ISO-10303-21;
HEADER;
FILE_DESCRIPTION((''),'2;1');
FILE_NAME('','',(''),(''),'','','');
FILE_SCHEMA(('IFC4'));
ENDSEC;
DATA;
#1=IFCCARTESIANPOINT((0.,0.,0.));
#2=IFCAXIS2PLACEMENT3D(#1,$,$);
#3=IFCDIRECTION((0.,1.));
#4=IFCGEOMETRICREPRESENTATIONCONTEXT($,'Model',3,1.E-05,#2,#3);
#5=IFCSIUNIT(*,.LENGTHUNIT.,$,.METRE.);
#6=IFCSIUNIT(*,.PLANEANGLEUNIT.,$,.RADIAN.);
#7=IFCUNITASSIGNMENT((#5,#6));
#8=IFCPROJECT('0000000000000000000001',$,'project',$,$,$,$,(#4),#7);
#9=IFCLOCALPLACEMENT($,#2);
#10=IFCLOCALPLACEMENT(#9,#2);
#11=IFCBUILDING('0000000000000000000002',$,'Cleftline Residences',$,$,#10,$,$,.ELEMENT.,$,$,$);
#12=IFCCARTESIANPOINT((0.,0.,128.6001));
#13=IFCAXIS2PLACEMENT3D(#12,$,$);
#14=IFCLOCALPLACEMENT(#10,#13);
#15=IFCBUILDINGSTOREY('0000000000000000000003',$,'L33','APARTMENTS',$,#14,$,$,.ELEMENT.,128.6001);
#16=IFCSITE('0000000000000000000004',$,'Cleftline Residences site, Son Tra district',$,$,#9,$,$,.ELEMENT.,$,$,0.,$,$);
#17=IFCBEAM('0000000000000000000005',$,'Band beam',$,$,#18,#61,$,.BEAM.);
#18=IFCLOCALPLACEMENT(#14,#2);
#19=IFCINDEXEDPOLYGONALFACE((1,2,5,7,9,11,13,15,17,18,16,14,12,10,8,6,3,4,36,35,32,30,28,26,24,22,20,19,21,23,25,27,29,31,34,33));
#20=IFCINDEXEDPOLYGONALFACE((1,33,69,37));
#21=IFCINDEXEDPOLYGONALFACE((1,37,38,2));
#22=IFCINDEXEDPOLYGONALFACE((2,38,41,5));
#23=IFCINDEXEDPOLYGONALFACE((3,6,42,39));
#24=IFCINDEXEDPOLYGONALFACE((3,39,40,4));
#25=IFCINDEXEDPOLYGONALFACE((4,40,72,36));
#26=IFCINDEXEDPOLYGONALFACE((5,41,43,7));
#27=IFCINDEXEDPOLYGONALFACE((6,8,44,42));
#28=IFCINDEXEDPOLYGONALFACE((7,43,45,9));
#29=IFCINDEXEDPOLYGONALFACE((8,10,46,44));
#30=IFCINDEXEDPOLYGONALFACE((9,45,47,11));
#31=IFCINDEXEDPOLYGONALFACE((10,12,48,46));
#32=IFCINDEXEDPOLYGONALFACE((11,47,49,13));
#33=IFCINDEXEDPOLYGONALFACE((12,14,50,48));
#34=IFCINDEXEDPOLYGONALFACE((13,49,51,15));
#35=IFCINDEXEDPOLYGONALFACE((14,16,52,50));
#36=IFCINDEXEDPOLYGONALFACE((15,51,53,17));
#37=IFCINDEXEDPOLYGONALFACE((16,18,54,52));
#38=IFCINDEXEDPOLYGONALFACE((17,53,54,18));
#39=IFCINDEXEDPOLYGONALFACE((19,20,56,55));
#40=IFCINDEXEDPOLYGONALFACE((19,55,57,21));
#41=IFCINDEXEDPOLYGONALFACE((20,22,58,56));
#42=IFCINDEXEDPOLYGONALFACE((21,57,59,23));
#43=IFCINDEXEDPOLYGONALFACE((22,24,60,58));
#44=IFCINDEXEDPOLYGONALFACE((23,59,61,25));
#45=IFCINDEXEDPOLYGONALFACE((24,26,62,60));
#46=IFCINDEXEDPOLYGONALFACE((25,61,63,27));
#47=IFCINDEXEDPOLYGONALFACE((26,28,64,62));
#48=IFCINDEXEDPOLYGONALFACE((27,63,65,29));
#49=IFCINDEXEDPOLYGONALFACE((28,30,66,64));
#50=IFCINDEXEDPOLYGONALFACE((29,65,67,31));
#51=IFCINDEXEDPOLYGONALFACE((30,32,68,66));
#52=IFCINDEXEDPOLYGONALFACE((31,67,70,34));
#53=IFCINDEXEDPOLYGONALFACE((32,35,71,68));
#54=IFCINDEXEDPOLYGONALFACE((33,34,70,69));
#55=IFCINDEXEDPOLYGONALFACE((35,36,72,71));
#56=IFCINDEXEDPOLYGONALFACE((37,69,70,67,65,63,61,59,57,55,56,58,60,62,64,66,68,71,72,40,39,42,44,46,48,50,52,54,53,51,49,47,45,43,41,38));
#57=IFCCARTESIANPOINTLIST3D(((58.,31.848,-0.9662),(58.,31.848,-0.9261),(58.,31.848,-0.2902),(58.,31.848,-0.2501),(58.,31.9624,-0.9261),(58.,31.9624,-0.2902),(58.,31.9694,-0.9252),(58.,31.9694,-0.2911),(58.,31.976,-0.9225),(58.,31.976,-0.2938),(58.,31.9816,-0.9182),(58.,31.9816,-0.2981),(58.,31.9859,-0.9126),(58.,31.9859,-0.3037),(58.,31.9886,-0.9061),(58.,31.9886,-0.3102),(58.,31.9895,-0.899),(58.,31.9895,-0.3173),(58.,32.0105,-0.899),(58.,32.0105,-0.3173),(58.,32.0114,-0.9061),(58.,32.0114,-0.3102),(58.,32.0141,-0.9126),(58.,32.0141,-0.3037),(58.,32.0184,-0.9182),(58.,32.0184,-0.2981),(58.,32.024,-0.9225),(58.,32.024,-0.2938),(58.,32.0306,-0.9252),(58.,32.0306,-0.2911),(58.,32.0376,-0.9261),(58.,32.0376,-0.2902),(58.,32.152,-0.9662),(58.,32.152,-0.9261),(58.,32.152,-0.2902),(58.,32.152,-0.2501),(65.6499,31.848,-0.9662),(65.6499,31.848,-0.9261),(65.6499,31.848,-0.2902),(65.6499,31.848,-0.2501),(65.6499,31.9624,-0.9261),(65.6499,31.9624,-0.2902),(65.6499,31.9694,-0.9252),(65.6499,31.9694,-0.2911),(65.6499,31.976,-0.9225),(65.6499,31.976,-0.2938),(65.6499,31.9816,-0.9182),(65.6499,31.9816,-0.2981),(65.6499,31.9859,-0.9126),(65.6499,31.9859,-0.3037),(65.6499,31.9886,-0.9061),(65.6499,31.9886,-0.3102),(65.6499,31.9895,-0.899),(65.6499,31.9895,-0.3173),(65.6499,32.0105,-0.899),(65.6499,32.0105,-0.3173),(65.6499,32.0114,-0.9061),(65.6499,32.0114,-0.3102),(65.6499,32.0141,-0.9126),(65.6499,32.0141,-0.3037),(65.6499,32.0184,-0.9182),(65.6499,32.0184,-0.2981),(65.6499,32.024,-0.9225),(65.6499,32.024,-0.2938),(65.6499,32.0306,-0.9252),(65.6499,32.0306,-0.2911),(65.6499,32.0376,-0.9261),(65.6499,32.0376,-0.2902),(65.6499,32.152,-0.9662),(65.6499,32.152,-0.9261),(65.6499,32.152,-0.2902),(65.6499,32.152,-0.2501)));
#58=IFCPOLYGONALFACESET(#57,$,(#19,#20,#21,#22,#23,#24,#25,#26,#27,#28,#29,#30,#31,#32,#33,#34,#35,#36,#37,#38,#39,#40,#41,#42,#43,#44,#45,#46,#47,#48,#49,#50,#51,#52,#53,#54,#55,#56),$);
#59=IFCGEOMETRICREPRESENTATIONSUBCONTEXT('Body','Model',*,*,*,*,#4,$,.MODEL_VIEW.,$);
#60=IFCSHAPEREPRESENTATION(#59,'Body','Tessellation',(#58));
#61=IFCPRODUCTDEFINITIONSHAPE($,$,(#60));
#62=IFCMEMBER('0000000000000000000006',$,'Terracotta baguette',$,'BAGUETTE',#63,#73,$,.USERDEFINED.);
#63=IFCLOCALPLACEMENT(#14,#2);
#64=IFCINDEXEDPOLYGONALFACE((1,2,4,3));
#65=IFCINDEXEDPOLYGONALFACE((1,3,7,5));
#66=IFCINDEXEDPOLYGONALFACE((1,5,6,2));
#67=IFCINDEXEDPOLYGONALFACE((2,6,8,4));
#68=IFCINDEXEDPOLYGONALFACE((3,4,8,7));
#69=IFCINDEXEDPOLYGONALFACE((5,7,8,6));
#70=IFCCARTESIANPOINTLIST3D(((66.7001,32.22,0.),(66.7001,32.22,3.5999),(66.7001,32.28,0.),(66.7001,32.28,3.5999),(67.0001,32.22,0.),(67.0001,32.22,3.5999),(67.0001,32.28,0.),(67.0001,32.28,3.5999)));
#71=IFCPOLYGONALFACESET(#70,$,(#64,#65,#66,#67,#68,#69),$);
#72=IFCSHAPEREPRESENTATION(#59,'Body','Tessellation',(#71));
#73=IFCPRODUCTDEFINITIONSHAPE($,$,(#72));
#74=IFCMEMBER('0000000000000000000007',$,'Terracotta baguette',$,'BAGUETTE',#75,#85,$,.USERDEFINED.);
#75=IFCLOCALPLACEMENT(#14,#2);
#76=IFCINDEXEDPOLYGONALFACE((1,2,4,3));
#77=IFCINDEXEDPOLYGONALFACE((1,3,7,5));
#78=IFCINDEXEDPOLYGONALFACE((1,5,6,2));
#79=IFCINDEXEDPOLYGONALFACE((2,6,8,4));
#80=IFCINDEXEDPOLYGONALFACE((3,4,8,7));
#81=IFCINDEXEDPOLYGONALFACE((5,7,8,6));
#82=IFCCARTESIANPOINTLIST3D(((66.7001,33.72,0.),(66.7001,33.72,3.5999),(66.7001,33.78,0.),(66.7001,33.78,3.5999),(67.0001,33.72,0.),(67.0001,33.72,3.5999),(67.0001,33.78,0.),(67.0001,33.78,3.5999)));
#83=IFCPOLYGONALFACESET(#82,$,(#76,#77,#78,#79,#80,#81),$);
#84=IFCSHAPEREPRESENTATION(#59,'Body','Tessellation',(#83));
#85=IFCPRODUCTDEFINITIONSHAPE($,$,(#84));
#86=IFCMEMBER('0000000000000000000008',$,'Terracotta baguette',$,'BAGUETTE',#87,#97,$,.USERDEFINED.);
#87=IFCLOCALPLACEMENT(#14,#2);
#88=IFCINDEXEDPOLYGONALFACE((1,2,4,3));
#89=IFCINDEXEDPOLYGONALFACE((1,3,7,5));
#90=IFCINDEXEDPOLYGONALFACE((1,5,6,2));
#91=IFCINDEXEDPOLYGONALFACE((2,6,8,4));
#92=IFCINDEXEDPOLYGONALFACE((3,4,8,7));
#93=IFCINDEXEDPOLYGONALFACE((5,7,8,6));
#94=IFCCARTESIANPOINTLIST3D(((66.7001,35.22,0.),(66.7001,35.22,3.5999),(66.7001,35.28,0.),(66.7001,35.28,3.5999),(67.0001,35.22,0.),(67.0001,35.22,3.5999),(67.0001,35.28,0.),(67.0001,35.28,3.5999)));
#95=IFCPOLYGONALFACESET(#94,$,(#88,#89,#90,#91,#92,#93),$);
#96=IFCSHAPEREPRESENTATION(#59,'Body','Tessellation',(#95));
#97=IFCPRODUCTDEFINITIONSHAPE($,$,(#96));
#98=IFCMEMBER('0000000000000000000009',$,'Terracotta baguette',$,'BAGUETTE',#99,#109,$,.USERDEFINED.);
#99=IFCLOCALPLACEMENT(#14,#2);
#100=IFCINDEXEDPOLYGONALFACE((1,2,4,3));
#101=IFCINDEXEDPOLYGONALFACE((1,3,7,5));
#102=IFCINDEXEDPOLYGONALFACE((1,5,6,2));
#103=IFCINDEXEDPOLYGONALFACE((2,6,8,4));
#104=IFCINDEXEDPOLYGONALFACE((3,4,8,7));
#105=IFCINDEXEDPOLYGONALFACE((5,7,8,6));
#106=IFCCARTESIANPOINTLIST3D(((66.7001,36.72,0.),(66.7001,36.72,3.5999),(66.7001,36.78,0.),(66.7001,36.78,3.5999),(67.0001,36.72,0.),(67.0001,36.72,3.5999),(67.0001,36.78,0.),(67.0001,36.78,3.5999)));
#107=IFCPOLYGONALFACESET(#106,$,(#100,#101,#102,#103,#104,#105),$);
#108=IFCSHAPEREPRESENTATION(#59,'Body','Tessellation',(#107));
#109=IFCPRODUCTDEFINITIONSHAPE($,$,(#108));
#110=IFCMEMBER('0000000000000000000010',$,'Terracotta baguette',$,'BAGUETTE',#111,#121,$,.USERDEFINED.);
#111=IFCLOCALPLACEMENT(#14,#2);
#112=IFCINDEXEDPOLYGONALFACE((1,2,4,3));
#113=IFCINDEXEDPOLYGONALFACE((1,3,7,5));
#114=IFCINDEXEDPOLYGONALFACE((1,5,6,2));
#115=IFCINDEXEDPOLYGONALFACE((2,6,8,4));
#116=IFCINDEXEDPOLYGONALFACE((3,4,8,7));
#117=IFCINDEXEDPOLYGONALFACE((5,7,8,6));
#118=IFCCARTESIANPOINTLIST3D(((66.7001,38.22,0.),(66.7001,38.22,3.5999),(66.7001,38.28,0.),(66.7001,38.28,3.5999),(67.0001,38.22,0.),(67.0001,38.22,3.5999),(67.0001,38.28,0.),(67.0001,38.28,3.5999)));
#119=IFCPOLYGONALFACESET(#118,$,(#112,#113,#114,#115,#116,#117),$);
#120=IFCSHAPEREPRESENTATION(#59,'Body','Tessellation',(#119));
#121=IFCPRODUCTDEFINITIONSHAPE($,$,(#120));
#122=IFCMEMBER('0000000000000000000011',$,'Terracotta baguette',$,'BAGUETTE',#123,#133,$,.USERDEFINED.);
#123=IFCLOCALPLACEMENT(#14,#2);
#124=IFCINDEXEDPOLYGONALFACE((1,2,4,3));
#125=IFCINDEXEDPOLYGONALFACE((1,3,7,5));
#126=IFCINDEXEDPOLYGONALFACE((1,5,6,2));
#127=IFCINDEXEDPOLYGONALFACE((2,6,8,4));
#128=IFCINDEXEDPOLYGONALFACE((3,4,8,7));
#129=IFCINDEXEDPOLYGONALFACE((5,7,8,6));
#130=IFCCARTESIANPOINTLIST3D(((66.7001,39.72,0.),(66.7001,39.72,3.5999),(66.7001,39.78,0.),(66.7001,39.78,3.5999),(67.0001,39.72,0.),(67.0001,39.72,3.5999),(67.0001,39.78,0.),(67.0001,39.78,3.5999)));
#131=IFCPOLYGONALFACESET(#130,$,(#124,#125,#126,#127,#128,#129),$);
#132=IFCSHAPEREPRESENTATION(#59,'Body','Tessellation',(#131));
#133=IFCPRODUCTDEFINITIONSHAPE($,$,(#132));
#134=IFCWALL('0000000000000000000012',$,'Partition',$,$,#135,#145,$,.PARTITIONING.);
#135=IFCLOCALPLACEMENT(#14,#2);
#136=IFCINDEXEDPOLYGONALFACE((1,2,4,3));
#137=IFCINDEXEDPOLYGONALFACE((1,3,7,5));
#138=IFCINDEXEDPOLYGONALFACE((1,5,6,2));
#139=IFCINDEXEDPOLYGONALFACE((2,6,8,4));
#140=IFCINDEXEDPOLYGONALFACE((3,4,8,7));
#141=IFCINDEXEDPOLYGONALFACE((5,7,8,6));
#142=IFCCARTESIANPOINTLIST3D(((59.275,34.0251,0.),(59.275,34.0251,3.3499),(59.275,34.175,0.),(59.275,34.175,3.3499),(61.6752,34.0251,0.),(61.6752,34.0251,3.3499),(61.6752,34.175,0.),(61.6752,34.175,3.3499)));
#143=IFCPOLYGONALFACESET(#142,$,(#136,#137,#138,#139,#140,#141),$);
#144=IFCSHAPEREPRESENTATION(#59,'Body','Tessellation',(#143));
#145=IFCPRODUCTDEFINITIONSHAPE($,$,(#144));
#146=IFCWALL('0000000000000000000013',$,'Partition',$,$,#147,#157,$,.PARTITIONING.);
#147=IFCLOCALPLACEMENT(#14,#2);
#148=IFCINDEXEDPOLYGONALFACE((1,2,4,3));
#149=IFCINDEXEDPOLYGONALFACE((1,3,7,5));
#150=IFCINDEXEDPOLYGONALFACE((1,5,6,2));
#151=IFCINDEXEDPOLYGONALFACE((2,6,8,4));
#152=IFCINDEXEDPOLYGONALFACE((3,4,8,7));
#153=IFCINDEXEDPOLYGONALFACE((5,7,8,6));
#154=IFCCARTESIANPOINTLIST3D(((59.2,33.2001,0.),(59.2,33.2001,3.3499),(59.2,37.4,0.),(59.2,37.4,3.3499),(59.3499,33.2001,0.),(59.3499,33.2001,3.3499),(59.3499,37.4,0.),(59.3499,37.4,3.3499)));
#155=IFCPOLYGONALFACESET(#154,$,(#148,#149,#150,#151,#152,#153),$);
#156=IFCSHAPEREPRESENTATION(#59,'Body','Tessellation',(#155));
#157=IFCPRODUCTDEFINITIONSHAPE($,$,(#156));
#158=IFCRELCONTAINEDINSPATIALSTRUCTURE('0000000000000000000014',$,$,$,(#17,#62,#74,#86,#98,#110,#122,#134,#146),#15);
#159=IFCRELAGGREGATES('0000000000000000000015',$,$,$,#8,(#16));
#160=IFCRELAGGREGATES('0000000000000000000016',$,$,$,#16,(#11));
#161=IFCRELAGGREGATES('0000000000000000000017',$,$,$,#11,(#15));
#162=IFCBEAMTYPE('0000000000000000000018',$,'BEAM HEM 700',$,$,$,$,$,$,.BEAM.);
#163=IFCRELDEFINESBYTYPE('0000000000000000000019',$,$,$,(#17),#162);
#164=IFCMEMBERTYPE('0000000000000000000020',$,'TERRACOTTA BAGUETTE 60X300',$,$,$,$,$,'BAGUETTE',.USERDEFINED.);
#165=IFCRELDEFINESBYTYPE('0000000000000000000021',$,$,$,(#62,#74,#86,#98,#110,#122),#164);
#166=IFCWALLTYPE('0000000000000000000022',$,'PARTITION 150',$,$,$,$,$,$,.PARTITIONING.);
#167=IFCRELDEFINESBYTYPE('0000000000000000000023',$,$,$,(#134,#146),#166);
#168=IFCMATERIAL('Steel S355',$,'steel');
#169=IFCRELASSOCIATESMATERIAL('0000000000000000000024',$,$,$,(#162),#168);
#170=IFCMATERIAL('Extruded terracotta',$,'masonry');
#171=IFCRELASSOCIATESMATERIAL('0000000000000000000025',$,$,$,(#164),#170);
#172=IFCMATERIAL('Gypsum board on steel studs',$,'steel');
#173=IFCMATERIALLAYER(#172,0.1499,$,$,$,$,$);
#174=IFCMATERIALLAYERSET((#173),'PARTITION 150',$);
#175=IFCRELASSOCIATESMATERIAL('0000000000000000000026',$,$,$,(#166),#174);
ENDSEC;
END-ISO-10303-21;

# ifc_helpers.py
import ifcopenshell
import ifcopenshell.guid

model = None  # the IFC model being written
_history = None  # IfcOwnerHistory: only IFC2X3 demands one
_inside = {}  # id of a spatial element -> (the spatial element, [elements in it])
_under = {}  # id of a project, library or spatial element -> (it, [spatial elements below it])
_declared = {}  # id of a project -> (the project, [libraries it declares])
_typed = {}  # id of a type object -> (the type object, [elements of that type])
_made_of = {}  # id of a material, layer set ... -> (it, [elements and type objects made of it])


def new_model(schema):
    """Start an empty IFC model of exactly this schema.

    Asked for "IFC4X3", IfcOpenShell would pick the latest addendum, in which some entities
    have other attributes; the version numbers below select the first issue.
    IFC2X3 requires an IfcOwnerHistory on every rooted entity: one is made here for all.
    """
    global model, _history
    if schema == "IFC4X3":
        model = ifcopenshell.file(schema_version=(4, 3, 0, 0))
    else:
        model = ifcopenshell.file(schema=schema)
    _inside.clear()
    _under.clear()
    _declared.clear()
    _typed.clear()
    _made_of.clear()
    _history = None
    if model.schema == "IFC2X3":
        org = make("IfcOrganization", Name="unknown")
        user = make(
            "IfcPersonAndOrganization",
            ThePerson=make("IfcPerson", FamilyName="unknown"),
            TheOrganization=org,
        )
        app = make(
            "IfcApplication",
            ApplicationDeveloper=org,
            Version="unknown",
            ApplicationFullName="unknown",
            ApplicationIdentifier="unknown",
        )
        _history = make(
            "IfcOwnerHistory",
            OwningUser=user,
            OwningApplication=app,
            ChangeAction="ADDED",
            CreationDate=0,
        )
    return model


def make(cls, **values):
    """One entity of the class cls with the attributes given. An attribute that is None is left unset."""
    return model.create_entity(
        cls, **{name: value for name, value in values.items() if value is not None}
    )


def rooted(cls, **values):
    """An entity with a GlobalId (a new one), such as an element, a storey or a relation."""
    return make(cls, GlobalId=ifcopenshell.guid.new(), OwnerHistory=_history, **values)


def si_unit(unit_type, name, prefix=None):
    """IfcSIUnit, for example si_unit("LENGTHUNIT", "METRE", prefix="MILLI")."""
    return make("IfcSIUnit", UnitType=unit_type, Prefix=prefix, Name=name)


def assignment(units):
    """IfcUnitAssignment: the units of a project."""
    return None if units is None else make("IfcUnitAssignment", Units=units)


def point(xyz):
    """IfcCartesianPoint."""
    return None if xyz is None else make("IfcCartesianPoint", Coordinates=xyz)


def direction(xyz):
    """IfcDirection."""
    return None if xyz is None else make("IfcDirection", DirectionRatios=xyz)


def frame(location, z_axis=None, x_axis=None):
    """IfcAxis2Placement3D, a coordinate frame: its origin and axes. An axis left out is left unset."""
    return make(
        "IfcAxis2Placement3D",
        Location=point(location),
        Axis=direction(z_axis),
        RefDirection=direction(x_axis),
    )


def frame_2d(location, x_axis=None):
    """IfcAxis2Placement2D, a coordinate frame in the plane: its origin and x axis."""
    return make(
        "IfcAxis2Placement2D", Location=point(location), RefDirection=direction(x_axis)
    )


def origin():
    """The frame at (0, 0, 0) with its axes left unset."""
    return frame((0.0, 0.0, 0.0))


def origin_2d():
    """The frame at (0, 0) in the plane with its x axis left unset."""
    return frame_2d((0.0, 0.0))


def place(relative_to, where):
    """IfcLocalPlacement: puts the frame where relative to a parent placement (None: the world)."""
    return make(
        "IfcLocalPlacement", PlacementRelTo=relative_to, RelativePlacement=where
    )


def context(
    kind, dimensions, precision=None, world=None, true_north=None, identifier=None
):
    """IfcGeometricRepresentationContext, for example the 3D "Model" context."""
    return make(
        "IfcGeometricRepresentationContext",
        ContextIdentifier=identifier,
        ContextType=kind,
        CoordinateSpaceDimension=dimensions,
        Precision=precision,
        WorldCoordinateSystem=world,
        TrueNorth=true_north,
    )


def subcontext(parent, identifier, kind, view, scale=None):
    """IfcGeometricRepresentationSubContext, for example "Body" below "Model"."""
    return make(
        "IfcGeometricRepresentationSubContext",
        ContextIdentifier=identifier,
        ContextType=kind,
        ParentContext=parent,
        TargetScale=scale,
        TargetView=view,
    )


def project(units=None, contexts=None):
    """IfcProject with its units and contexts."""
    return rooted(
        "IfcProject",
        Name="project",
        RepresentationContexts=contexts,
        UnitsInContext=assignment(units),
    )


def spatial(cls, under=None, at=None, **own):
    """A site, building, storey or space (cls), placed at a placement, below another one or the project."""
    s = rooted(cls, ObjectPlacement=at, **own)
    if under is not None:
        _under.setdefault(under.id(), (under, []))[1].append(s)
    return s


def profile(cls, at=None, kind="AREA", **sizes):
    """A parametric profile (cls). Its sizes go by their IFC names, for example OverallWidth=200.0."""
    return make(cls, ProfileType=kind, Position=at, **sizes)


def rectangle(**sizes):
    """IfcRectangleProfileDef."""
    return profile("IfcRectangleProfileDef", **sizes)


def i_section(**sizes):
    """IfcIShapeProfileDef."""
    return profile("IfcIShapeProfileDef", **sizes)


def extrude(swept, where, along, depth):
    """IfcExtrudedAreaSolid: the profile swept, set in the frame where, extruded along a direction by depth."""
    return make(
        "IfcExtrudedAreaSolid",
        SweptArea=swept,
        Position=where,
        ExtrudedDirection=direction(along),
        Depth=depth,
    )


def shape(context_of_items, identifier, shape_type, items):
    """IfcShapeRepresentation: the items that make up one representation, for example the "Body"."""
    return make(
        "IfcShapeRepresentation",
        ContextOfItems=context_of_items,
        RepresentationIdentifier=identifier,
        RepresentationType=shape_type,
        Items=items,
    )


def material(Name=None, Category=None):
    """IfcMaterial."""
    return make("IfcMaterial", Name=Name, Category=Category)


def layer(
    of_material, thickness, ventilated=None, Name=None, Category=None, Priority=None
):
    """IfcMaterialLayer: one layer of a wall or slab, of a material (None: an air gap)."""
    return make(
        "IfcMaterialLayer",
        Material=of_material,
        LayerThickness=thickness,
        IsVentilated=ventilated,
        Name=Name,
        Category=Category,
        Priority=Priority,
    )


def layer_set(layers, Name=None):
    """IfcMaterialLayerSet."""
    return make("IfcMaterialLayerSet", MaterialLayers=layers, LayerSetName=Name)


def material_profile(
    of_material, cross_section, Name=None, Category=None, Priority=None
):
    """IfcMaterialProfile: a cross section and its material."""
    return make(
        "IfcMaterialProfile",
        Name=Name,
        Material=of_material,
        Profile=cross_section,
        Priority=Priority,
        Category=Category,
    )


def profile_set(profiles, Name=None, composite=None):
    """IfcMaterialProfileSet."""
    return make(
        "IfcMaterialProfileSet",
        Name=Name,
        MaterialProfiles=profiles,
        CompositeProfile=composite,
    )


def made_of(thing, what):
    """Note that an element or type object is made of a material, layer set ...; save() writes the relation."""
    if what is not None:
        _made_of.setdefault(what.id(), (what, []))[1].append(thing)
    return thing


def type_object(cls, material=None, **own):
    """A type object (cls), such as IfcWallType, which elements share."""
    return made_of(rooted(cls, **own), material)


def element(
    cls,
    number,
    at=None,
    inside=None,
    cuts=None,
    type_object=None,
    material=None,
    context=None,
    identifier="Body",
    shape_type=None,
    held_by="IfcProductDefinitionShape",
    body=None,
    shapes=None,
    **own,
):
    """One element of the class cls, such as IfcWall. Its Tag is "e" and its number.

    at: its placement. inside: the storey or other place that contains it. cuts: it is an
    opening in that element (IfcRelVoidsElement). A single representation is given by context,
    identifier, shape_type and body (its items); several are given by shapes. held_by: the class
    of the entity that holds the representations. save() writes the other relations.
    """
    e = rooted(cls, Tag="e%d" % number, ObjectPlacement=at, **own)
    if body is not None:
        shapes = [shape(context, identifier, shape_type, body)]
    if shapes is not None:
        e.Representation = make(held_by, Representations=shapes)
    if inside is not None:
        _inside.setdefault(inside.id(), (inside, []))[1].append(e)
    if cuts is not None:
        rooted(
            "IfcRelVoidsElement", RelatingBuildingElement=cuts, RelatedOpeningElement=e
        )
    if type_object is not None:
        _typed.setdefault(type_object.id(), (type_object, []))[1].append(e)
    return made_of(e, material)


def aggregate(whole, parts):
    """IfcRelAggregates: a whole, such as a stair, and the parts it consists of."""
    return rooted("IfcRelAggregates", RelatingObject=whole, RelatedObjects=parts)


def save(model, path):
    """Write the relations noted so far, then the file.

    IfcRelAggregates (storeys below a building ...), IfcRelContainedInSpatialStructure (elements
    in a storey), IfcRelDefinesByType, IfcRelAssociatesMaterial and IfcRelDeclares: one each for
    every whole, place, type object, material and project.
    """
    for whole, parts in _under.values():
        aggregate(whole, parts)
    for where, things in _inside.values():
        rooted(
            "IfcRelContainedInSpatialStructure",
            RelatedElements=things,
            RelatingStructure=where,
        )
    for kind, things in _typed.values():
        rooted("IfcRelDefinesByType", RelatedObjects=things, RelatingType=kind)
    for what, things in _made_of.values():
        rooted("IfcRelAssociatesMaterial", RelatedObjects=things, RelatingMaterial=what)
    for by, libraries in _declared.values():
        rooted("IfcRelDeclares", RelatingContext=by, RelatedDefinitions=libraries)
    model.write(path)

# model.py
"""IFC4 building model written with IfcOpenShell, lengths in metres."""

from ifc_helpers import new_model, si_unit, direction, frame, frame_2d, origin, origin_2d, place, context, subcontext, project, spatial, rectangle, i_section, extrude, material, layer, layer_set, material_profile, profile_set, type_object, element, save


model = new_model("IFC4")

# Units and contexts
model_context = context("Model", 3, precision=1e-05, world=origin(), true_north=direction((0.0, 1.0)))
body_context = subcontext(model_context, "Body", "Model", "MODEL_VIEW")
ifc_project = project(units=[si_unit("LENGTHUNIT", "METRE"), si_unit("PLANEANGLEUNIT", "RADIAN")], contexts=[model_context])

# Site, building, storey
site_placement = place(None, origin())
site = spatial("IfcSite", under=ifc_project, at=site_placement, Name="Cleftline Residences site, Son Tra district", CompositionType="ELEMENT", RefElevation=0.0)
building_placement = place(site_placement, origin())
building = spatial("IfcBuilding", under=site, at=building_placement, Name="Cleftline Residences", CompositionType="ELEMENT")
storey_placement = place(building_placement, frame((0.0, 0.0, 128.6001)))
storey = spatial("IfcBuildingStorey", under=building, at=storey_placement, Name="L33", Description="APARTMENTS", CompositionType="ELEMENT", Elevation=128.6001)

# Beam
ifc_material_1 = material(Name="Steel S355", Category="steel")
ifc_material_profile_1 = material_profile(ifc_material_1, i_section(OverallWidth=0.304, OverallDepth=0.7161, WebThickness=0.021, FlangeThickness=0.04, FilletRadius=0.0271, at=origin_2d()))
ifc_profile_set_1 = profile_set([ifc_material_profile_1], Name="Steel S355")
beam_type = type_object("IfcBeamType", Name="BEAM HEM 700", PredefinedType="BEAM", material=ifc_profile_set_1)
beam_placement = place(storey_placement, frame((65.6499, 32.0, -0.6082), z_axis=(-1.0, 0.0, 0.0), x_axis=(0.0, -1.0, 0.0)))
element("IfcBeam", 1, at=beam_placement, inside=storey, type_object=beam_type, Name="Band beam", PredefinedType="BEAM", context=body_context, shape_type="SweptSolid", body=[
    extrude(i_section(OverallWidth=0.304, OverallDepth=0.7161, WebThickness=0.021, FlangeThickness=0.04, FilletRadius=0.0271, at=origin_2d()), origin(), (0.0, 0.0, 1.0), 7.6499),
])

# Members
ifc_material_2 = material(Name="Extruded terracotta", Category="masonry")
ifc_material_profile_2 = material_profile(ifc_material_2, rectangle(XDim=0.0601, YDim=0.3, at=origin_2d()))
ifc_profile_set_2 = profile_set([ifc_material_profile_2], Name="Extruded terracotta")
member_type_1 = type_object("IfcMemberType", Name="TERRACOTTA BAGUETTE 60X300", ElementType="BAGUETTE", PredefinedType="USERDEFINED", material=ifc_profile_set_2)
for number, where, z_axis, x_axis, name in (
    (2, (66.8501, 32.25, 0.0), (0.0, 0.0, 1.0), (0.0, 1.0, 0.0), "Terracotta baguette"),
    (3, (66.8501, 33.75, 0.0), (0.0, 0.0, 1.0), (0.0, 1.0, 0.0), "Terracotta baguette"),
    (4, (66.8501, 35.25, 0.0), (0.0, 0.0, 1.0), (0.0, 1.0, 0.0), "Terracotta baguette"),
    (5, (66.8501, 36.75, 0.0), (0.0, 0.0, 1.0), (0.0, 1.0, 0.0), "Terracotta baguette"),
    (6, (66.8501, 38.25, 0.0), (0.0, 0.0, 1.0), (0.0, 1.0, 0.0), "Terracotta baguette"),
    (7, (66.8501, 39.75, 0.0), (0.0, 0.0, 1.0), (0.0, 1.0, 0.0), "Terracotta baguette"),
):
    element("IfcMember", number, at=place(storey_placement, frame(where, z_axis=z_axis, x_axis=x_axis)), inside=storey, type_object=member_type_1, Name=name, ObjectType="BAGUETTE", PredefinedType="USERDEFINED", context=body_context, shape_type="SweptSolid", body=[
        extrude(rectangle(XDim=0.0601, YDim=0.3, at=origin_2d()), origin(), (0.0, 0.0, 1.0), 3.5999),
    ])

# Walls
ifc_material_3 = material(Name="Gypsum board on steel studs", Category="steel")
ifc_layer = layer(ifc_material_3, 0.1499)
ifc_layer_set = layer_set([ifc_layer], Name="PARTITION 150")
wall_type = type_object("IfcWallType", Name="PARTITION 150", PredefinedType="PARTITIONING", material=ifc_layer_set)
wall_1_placement = place(storey_placement, frame((59.2749, 34.1001, 0.0), z_axis=(0.0, 0.0, 1.0), x_axis=(1.0, 0.0, 0.0)))
element("IfcWall", 8, at=wall_1_placement, inside=storey, type_object=wall_type, Name="Partition", PredefinedType="PARTITIONING", context=body_context, shape_type="SweptSolid", body=[
    extrude(rectangle(XDim=2.4001, YDim=0.1499, at=frame_2d((1.2002, 0.0))), origin(), (0.0, 0.0, 1.0), 3.3499),
])
wall_2_placement = place(storey_placement, frame((59.2749, 33.2, 0.0), z_axis=(0.0, 0.0, 1.0), x_axis=(0.0, 1.0, 0.0)))
element("IfcWall", 9, at=wall_2_placement, inside=storey, type_object=wall_type, Name="Partition", PredefinedType="PARTITIONING", context=body_context, shape_type="SweptSolid", body=[
    extrude(rectangle(XDim=4.2, YDim=0.1499, at=frame_2d((2.1001, 0.0))), origin(), (0.0, 0.0, 1.0), 3.3499),
])

save(model, "model.ifc")
